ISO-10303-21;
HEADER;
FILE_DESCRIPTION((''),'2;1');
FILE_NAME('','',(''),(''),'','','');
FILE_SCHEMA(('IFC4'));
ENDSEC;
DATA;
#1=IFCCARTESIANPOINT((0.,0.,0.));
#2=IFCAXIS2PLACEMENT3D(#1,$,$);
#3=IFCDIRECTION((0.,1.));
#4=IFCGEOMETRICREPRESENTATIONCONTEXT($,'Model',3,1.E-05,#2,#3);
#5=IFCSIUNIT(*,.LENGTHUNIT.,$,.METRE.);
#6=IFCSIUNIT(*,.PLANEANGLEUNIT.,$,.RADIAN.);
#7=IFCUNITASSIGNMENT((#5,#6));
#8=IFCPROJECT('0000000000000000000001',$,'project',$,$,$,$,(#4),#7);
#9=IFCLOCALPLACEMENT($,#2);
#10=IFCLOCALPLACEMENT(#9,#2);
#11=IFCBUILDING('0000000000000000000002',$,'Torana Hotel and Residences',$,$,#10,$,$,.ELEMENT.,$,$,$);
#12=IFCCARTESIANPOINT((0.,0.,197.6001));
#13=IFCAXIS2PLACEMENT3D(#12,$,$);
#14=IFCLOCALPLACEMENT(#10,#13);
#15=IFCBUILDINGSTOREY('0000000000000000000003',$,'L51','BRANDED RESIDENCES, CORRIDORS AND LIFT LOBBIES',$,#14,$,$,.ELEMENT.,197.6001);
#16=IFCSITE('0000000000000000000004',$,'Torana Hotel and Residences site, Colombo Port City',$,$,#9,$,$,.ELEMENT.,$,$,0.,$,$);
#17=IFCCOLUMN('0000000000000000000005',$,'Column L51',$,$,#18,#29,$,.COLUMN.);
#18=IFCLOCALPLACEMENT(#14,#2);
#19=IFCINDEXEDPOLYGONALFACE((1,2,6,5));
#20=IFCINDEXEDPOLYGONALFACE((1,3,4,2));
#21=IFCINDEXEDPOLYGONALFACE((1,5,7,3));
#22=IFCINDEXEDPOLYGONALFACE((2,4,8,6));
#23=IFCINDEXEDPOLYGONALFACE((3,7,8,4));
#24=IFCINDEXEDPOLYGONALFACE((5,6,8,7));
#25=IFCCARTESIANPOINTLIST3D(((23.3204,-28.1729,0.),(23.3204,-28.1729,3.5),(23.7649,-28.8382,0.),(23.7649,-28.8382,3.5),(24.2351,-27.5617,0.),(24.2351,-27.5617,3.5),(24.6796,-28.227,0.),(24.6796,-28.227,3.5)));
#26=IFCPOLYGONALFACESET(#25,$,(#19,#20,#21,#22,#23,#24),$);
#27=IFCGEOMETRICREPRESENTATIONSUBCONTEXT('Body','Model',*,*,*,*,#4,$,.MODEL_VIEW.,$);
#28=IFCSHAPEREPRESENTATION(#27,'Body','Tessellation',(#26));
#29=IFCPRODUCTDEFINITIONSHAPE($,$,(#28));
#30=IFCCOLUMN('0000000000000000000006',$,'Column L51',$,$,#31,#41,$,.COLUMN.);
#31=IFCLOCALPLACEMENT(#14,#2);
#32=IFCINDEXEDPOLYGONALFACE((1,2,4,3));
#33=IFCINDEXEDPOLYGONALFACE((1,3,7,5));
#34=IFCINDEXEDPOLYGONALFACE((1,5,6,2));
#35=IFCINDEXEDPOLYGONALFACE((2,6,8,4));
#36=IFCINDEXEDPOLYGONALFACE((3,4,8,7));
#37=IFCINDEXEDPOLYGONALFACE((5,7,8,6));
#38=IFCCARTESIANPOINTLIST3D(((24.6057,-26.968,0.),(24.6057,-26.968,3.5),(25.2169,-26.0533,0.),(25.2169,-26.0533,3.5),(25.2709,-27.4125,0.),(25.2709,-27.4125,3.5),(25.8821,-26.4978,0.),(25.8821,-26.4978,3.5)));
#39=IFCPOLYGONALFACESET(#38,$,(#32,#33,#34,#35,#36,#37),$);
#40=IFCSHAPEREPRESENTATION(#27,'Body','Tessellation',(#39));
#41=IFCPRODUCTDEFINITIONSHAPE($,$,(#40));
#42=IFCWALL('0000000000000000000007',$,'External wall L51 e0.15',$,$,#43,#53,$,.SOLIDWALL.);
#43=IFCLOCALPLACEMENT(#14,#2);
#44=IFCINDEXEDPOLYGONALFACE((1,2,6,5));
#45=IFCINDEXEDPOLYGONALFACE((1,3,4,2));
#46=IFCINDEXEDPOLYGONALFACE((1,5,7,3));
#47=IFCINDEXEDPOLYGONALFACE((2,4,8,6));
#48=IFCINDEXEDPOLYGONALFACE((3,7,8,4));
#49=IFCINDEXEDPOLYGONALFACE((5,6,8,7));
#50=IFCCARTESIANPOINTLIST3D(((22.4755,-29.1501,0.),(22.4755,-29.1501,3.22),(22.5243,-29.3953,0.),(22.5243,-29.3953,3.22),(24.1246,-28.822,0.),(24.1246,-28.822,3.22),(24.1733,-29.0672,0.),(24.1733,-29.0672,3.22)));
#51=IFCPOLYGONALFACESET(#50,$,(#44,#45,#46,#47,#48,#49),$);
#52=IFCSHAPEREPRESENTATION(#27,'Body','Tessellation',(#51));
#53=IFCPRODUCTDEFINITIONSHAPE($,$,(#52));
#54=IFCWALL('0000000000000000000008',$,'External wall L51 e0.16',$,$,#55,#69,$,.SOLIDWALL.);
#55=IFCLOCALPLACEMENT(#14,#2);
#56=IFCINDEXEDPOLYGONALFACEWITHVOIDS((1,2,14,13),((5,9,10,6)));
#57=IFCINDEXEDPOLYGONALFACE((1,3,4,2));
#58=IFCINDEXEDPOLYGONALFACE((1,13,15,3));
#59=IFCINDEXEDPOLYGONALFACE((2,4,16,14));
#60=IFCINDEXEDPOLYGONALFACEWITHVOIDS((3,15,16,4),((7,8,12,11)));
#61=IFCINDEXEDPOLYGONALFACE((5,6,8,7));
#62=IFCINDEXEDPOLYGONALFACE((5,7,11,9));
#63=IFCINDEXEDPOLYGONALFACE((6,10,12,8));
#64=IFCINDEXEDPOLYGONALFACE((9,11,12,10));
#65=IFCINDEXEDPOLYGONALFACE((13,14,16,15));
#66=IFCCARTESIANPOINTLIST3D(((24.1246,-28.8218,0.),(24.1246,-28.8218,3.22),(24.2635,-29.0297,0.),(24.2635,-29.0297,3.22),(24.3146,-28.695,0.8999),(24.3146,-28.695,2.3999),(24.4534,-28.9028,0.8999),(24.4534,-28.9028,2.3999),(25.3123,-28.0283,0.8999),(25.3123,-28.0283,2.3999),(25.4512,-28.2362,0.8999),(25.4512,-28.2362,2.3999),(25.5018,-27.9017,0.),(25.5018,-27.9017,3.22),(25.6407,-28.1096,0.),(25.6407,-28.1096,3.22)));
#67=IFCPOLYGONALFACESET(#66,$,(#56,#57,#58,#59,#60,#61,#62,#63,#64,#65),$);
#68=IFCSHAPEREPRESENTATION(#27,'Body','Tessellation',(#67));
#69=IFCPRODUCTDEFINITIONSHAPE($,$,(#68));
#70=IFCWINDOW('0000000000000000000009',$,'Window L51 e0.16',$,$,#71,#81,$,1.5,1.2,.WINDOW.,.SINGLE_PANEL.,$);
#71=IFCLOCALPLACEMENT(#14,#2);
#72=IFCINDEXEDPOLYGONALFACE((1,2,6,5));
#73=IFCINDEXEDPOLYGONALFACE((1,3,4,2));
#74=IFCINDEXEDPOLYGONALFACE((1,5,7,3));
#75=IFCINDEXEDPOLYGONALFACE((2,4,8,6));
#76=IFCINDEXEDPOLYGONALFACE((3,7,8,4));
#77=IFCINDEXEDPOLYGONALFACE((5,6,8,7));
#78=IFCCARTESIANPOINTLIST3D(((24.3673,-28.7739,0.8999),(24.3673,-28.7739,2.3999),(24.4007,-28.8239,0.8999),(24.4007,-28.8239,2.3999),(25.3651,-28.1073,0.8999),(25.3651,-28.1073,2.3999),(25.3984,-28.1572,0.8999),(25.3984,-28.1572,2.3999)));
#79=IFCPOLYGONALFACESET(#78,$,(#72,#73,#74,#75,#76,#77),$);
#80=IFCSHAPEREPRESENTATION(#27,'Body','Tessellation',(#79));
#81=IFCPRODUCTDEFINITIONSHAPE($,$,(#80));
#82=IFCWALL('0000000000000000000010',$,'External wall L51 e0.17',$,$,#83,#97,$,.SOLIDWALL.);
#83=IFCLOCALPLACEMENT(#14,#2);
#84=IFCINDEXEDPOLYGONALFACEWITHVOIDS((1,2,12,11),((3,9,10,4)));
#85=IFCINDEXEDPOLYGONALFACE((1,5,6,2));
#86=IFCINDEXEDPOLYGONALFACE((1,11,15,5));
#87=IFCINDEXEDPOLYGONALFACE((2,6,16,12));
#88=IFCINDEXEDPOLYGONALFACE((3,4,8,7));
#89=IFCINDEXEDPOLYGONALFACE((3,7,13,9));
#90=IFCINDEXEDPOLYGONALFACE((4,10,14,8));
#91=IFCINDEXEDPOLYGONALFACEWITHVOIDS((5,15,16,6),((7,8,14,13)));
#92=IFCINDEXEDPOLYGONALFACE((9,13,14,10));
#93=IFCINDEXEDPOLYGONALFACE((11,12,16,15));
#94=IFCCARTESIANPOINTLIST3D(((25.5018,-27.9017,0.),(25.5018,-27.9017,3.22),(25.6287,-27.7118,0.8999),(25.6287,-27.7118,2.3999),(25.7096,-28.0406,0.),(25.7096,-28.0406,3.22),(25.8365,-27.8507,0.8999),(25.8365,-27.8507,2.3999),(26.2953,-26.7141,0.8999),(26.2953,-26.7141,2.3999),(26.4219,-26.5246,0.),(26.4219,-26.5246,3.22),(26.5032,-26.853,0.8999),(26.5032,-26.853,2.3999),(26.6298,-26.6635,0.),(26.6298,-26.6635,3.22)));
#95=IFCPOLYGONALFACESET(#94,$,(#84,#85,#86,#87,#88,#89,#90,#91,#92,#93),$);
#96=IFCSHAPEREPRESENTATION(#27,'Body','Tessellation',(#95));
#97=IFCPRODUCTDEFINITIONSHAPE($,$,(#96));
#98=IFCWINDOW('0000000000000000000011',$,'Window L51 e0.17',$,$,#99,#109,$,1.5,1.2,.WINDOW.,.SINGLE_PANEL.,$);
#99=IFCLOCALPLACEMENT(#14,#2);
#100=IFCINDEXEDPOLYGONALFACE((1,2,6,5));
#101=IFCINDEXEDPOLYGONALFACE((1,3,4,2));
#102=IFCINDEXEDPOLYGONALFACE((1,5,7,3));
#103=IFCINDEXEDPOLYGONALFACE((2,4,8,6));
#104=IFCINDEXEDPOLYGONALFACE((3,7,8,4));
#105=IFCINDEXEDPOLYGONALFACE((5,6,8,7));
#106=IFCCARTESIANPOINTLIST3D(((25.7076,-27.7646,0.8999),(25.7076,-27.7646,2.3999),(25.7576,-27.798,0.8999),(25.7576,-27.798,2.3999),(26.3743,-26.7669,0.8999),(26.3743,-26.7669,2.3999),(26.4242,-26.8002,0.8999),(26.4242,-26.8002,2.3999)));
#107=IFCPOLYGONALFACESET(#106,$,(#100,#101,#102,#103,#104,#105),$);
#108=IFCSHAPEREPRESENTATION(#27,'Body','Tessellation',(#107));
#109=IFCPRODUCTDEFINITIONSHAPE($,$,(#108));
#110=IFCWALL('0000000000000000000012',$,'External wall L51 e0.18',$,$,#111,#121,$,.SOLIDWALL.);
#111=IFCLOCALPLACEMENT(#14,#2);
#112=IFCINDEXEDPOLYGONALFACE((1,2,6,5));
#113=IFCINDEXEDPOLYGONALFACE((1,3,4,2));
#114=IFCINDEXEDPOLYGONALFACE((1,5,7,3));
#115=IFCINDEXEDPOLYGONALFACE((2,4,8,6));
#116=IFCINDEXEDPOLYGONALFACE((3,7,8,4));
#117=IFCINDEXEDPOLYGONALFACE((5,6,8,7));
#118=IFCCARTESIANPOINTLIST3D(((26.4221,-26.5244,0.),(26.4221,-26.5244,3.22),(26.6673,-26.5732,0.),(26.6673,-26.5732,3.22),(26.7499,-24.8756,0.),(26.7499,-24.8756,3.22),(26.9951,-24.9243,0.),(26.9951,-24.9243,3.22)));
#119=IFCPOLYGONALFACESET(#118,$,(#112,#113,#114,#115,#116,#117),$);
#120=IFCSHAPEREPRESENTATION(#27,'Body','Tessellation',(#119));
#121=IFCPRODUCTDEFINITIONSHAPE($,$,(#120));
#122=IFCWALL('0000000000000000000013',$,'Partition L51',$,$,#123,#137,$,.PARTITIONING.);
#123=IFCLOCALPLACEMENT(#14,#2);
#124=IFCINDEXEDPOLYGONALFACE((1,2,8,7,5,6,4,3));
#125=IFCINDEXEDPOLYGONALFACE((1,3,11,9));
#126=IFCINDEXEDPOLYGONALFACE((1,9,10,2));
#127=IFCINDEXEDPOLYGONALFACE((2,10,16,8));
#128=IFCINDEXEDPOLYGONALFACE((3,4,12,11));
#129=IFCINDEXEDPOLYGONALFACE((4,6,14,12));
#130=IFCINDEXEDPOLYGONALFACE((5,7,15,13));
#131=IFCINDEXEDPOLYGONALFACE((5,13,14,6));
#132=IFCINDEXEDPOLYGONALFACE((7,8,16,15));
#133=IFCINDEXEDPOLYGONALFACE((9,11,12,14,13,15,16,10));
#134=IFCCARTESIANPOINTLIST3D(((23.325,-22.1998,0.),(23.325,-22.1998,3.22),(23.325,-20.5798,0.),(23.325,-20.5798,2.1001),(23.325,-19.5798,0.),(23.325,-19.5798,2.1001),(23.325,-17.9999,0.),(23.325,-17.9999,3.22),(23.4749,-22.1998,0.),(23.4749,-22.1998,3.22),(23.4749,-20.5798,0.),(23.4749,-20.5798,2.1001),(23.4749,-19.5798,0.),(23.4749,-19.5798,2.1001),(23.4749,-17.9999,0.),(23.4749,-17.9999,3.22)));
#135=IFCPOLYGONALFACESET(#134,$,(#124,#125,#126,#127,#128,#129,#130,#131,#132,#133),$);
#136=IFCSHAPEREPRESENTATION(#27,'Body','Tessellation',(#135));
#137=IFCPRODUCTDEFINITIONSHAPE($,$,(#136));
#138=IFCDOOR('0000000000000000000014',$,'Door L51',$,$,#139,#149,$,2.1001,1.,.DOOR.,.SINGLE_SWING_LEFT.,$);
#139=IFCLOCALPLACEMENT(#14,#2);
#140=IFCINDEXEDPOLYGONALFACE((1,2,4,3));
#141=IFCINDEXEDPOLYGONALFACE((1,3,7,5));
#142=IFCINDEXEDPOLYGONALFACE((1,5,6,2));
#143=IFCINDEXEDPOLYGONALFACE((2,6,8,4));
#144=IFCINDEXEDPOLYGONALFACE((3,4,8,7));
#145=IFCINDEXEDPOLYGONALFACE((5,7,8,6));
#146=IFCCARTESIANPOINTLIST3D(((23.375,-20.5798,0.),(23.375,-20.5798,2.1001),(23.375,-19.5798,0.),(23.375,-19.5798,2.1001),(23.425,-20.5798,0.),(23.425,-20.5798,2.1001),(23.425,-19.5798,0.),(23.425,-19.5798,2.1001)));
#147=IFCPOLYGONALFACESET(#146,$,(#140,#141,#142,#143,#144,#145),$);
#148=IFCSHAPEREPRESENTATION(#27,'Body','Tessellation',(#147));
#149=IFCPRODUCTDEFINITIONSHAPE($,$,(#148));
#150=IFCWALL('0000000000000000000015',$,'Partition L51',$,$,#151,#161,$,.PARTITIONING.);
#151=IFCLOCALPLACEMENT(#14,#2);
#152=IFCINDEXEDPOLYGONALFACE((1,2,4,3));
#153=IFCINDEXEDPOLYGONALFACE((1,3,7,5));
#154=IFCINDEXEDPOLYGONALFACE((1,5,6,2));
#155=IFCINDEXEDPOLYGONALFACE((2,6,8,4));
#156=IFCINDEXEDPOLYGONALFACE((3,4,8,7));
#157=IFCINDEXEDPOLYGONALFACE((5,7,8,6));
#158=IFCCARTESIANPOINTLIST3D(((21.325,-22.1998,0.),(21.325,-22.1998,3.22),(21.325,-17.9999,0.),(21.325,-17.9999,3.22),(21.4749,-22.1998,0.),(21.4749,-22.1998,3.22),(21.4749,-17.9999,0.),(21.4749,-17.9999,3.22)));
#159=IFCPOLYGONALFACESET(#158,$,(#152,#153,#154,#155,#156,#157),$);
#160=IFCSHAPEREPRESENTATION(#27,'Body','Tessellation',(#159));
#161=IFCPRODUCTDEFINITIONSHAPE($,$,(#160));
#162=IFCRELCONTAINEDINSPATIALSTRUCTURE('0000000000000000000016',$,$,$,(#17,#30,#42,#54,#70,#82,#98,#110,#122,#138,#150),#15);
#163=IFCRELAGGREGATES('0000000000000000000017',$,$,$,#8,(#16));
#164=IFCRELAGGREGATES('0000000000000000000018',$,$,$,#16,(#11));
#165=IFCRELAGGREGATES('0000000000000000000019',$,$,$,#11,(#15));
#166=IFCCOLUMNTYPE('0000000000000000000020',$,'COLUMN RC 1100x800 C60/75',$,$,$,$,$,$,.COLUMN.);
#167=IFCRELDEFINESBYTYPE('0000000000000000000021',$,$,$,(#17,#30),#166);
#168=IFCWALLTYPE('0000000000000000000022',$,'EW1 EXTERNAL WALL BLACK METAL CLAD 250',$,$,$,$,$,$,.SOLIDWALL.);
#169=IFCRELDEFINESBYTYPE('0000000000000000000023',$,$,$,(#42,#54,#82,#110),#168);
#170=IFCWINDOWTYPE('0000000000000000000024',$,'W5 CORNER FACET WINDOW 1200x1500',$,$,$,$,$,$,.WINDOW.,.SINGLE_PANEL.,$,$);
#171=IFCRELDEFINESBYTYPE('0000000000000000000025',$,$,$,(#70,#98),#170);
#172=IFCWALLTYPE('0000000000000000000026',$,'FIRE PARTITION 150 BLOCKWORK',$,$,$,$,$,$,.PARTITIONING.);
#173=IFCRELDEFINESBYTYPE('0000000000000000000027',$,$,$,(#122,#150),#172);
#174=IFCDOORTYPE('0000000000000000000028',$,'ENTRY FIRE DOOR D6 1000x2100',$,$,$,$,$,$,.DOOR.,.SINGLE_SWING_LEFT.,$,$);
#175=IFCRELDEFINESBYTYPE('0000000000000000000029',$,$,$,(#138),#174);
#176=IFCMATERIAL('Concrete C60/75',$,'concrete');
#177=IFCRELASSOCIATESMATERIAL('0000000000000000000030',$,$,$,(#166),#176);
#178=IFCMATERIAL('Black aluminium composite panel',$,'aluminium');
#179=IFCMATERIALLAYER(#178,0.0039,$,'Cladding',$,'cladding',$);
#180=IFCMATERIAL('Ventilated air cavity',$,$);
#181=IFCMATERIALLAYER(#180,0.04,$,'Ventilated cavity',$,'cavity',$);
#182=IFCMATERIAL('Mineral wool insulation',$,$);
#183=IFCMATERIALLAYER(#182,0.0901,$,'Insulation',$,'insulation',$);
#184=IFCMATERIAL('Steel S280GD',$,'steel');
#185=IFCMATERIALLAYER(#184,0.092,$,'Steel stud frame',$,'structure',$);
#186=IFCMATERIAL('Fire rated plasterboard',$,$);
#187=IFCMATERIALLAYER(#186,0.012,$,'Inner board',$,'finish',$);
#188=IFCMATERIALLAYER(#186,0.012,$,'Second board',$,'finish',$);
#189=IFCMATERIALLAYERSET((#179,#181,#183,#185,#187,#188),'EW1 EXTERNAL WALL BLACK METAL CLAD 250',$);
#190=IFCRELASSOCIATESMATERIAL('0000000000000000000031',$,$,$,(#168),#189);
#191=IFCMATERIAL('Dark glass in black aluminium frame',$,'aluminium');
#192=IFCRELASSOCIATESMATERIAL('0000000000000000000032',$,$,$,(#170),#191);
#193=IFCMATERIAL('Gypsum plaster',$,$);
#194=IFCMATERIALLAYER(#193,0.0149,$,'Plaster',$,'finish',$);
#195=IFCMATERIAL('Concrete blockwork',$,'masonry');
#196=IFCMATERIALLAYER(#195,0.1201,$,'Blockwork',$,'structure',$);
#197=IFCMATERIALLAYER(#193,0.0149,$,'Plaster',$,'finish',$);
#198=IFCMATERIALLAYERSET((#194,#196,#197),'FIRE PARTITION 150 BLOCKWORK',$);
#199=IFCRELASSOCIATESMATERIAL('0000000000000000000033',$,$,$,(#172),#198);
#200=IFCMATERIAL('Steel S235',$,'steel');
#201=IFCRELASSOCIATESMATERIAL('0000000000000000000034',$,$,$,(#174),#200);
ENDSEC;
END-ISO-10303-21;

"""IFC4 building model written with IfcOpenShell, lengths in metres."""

from ifc_helpers import new_model, si_unit, direction, frame, frame_2d, origin, origin_2d, place, context, subcontext, project, spatial, rectangle, extrude, material, layer, layer_set, material_profile, profile_set, type_object, element, fill, save


model = new_model("IFC4")

# Units and contexts
model_context = context("Model", 3, precision=1e-05, world=origin(), true_north=direction((0.0, 1.0)))
body_context = subcontext(model_context, "Body", "Model", "MODEL_VIEW")
ifc_project = project(units=[si_unit("LENGTHUNIT", "METRE"), si_unit("PLANEANGLEUNIT", "RADIAN")], contexts=[model_context])

# Site, building, storey
site_placement = place(None, origin())
site = spatial("IfcSite", under=ifc_project, at=site_placement, Name="Torana Hotel and Residences site, Colombo Port City", CompositionType="ELEMENT", RefElevation=0.0)
building_placement = place(site_placement, origin())
building = spatial("IfcBuilding", under=site, at=building_placement, Name="Torana Hotel and Residences", CompositionType="ELEMENT")
storey_placement = place(building_placement, frame((0.0, 0.0, 197.6001)))
storey = spatial("IfcBuildingStorey", under=building, at=storey_placement, Name="L51", Description="BRANDED RESIDENCES, CORRIDORS AND LIFT LOBBIES", CompositionType="ELEMENT", Elevation=197.6001)

# Columns
ifc_material_1 = material(Name="Concrete C60/75", Category="concrete")
ifc_material_profile = material_profile(ifc_material_1, rectangle(XDim=1.1001, YDim=0.8, at=origin_2d()), Name="RC 1100x800")
ifc_profile_set = profile_set([ifc_material_profile], Name="Concrete C60/75")
column_type = type_object("IfcColumnType", Name="COLUMN RC 1100x800 C60/75", PredefinedType="COLUMN", material=ifc_profile_set)
for number, where, z_axis, x_axis, name in (
    (1, (24.0, -28.2, 0.0), (0.0, 0.0, 1.0), (0.83146, 0.555585, 0.0), "Column L51"),
    (2, (25.2439, -26.7329, 0.0), (0.0, 0.0, 1.0), (0.555585, 0.83146, 0.0), "Column L51"),
):
    element("IfcColumn", number, at=place(storey_placement, frame(where, z_axis=z_axis, x_axis=x_axis)), inside=storey, type_object=column_type, Name=name, PredefinedType="COLUMN", context=body_context, shape_type="SweptSolid", body=[
        extrude(rectangle(XDim=1.1001, YDim=0.8, at=origin_2d()), origin(), (0.0, 0.0, 1.0), 3.5),
    ])

# Wall
ifc_material_2 = material(Name="Black aluminium composite panel", Category="aluminium")
ifc_layer_1 = layer(ifc_material_2, 0.0039, Name="Cladding", Category="cladding")
ifc_material_3 = material(Name="Ventilated air cavity")
ifc_layer_2 = layer(ifc_material_3, 0.04, Name="Ventilated cavity", Category="cavity")
ifc_material_4 = material(Name="Mineral wool insulation")
ifc_layer_3 = layer(ifc_material_4, 0.0901, Name="Insulation", Category="insulation")
ifc_material_5 = material(Name="Steel S280GD", Category="steel")
ifc_layer_4 = layer(ifc_material_5, 0.092, Name="Steel stud frame", Category="structure")
ifc_material_6 = material(Name="Fire rated plasterboard")
ifc_layer_5 = layer(ifc_material_6, 0.012, Name="Inner board", Category="finish")
ifc_layer_6 = layer(ifc_material_6, 0.012, Name="Second board", Category="finish")
ifc_layer_set_1 = layer_set([ifc_layer_1, ifc_layer_2, ifc_layer_3, ifc_layer_4, ifc_layer_5, ifc_layer_6], Name="EW1 EXTERNAL WALL BLACK METAL CLAD 250")
wall_type_1 = type_object("IfcWallType", Name="EW1 EXTERNAL WALL BLACK METAL CLAD 250", PredefinedType="SOLIDWALL", material=ifc_layer_set_1)
wall_1_placement = place(storey_placement, frame((22.4998, -29.2727, 0.0), z_axis=(0.0, 0.0, 1.0), x_axis=(0.980776, 0.195139, 0.0)))
element("IfcWall", 3, at=wall_1_placement, inside=storey, type_object=wall_type_1, Name="External wall L51 e0.15", PredefinedType="SOLIDWALL", context=body_context, shape_type="SweptSolid", body=[
    extrude(rectangle(XDim=1.6814, YDim=0.25, at=frame_2d((0.8408, 0.0))), origin(), (0.0, 0.0, 1.0), 3.22),
])

# Walls, openings, windows
wall_2_placement = place(storey_placement, frame((24.1941, -28.9258, 0.0), z_axis=(0.0, 0.0, 1.0), x_axis=(0.831483, 0.55555, 0.0)))
wall_2 = element("IfcWall", 4, at=wall_2_placement, inside=storey, type_object=wall_type_1, Name="External wall L51 e0.16", PredefinedType="SOLIDWALL", context=body_context, shape_type="SweptSolid", body=[
    extrude(rectangle(XDim=1.6562, YDim=0.25, at=frame_2d((0.8281, 0.0))), origin(), (0.0, 0.0, 1.0), 3.22),
])
opening_1_placement = place(wall_2_placement, frame((0.2283, 0.0, 0.8999)))
opening_1 = element("IfcOpeningElement", 5, at=opening_1_placement, cuts=wall_2, PredefinedType="OPENING", context=body_context, shape_type="SweptSolid", body=[
    extrude(rectangle(XDim=1.2, YDim=1.5, at=frame_2d((0.6001, 0.75))), frame((0.0, 0.135, 0.0), z_axis=(0.0, -1.0, 0.0), x_axis=(1.0, 0.0, 0.0)), (0.0, 0.0, 1.0), 0.27),
])
ifc_material_7 = material(Name="Dark glass in black aluminium frame", Category="aluminium")
window_type = type_object("IfcWindowType", Name="W5 CORNER FACET WINDOW 1200x1500", PartitioningType="SINGLE_PANEL", PredefinedType="WINDOW", material=ifc_material_7)
window_1_placement = place(opening_1_placement, origin())
window_1 = element("IfcWindow", 6, at=window_1_placement, inside=storey, type_object=window_type, Name="Window L51 e0.16", OverallHeight=1.5, OverallWidth=1.2, PartitioningType="SINGLE_PANEL", PredefinedType="WINDOW", context=body_context, shape_type="SweptSolid", body=[
    extrude(rectangle(XDim=1.2, YDim=1.5, at=frame_2d((0.6001, 0.75))), frame((0.0, 0.03, 0.0), z_axis=(0.0, -1.0, 0.0), x_axis=(1.0, 0.0, 0.0)), (0.0, 0.0, 1.0), 0.0601),
])
fill(opening_1, window_1)
wall_3_placement = place(storey_placement, frame((25.6057, -27.9712, 0.0), z_axis=(0.0, 0.0, 1.0), x_axis=(0.55555, 0.831483, 0.0)))
wall_3 = element("IfcWall", 7, at=wall_3_placement, inside=storey, type_object=wall_type_1, Name="External wall L51 e0.17", PredefinedType="SOLIDWALL", context=body_context, shape_type="SweptSolid", body=[
    extrude(rectangle(XDim=1.6562, YDim=0.25, at=frame_2d((0.8281, 0.0))), origin(), (0.0, 0.0, 1.0), 3.22),
])
opening_2_placement = place(wall_3_placement, frame((0.2283, 0.0, 0.8999)))
opening_2 = element("IfcOpeningElement", 8, at=opening_2_placement, cuts=wall_3, PredefinedType="OPENING", context=body_context, shape_type="SweptSolid", body=[
    extrude(rectangle(XDim=1.2, YDim=1.5, at=frame_2d((0.6001, 0.75))), frame((0.0, 0.135, 0.0), z_axis=(0.0, -1.0, 0.0), x_axis=(1.0, 0.0, 0.0)), (0.0, 0.0, 1.0), 0.27),
])
window_2_placement = place(opening_2_placement, origin())
window_2 = element("IfcWindow", 9, at=window_2_placement, inside=storey, type_object=window_type, Name="Window L51 e0.17", OverallHeight=1.5, OverallWidth=1.2, PartitioningType="SINGLE_PANEL", PredefinedType="WINDOW", context=body_context, shape_type="SweptSolid", body=[
    extrude(rectangle(XDim=1.2, YDim=1.5, at=frame_2d((0.6001, 0.75))), frame((0.0, 0.03, 0.0), z_axis=(0.0, -1.0, 0.0), x_axis=(1.0, 0.0, 0.0)), (0.0, 0.0, 1.0), 0.0601),
])
fill(opening_2, window_2)

# Wall
wall_4_placement = place(storey_placement, frame((26.5447, -26.5488, 0.0), z_axis=(0.0, 0.0, 1.0), x_axis=(0.195027, 0.980798, 0.0)))
element("IfcWall", 10, at=wall_4_placement, inside=storey, type_object=wall_type_1, Name="External wall L51 e0.18", PredefinedType="SOLIDWALL", context=body_context, shape_type="SweptSolid", body=[
    extrude(rectangle(XDim=1.6812, YDim=0.25, at=frame_2d((0.8406, 0.0))), origin(), (0.0, 0.0, 1.0), 3.22),
])

# Wall, opening, door
ifc_material_8 = material(Name="Gypsum plaster")
ifc_layer_7 = layer(ifc_material_8, 0.0149, Name="Plaster", Category="finish")
ifc_material_9 = material(Name="Concrete blockwork", Category="masonry")
ifc_layer_8 = layer(ifc_material_9, 0.1201, Name="Blockwork", Category="structure")
ifc_layer_9 = layer(ifc_material_8, 0.0149, Name="Plaster", Category="finish")
ifc_layer_set_2 = layer_set([ifc_layer_7, ifc_layer_8, ifc_layer_9], Name="FIRE PARTITION 150 BLOCKWORK")
wall_type_2 = type_object("IfcWallType", Name="FIRE PARTITION 150 BLOCKWORK", PredefinedType="PARTITIONING", material=ifc_layer_set_2)
wall_5_placement = place(storey_placement, frame((23.3999, -22.2, 0.0), z_axis=(0.0, 0.0, 1.0), x_axis=(0.0, 1.0, 0.0)))
wall_5 = element("IfcWall", 11, at=wall_5_placement, inside=storey, type_object=wall_type_2, Name="Partition L51", PredefinedType="PARTITIONING", context=body_context, shape_type="SweptSolid", body=[
    extrude(rectangle(XDim=4.2, YDim=0.1499, at=frame_2d((2.1001, 0.0))), origin(), (0.0, 0.0, 1.0), 3.22),
])
opening_3_placement = place(wall_5_placement, frame((1.6201, 0.0, 0.0)))
opening_3 = element("IfcOpeningElement", 12, at=opening_3_placement, cuts=wall_5, PredefinedType="OPENING", context=body_context, shape_type="SweptSolid", body=[
    extrude(rectangle(XDim=1.0, YDim=2.1001, at=frame_2d((0.5, 1.05))), frame((0.0, 0.085, 0.0), z_axis=(0.0, -1.0, 0.0), x_axis=(1.0, 0.0, 0.0)), (0.0, 0.0, 1.0), 0.1699),
])
ifc_material_10 = material(Name="Steel S235", Category="steel")
door_type_1 = type_object("IfcDoorType", Name="ENTRY FIRE DOOR D6 1000x2100", OperationType="SINGLE_SWING_LEFT", PredefinedType="DOOR", material=ifc_material_10)
door_1_placement = place(opening_3_placement, frame((0.5, 0.0, 0.0), z_axis=(0.0, 0.0, 1.0), x_axis=(-1.0, 0.0, 0.0)))
door_1 = element("IfcDoor", 13, at=door_1_placement, inside=storey, type_object=door_type_1, Name="Door L51", OperationType="SINGLE_SWING_LEFT", OverallHeight=2.1001, OverallWidth=1.0, PredefinedType="DOOR", context=body_context, shape_type="SweptSolid", body=[
    extrude(rectangle(XDim=1.0, YDim=2.1001, at=frame_2d((0.0, 1.05))), frame((0.0, -0.0249, 0.0), z_axis=(0.0, 1.0, 0.0), x_axis=(-1.0, 0.0, 0.0)), (0.0, 0.0, 1.0), 0.05),
])
fill(opening_3, door_1)

# Wall
wall_6_placement = place(storey_placement, frame((21.3999, -22.2, 0.0), z_axis=(0.0, 0.0, 1.0), x_axis=(0.0, 1.0, 0.0)))
element("IfcWall", 14, at=wall_6_placement, inside=storey, type_object=wall_type_2, Name="Partition L51", PredefinedType="PARTITIONING", context=body_context, shape_type="SweptSolid", body=[
    extrude(rectangle(XDim=4.2, YDim=0.1499, at=frame_2d((2.1001, 0.0))), origin(), (0.0, 0.0, 1.0), 3.22),
])

save(model, "model.ifc")
